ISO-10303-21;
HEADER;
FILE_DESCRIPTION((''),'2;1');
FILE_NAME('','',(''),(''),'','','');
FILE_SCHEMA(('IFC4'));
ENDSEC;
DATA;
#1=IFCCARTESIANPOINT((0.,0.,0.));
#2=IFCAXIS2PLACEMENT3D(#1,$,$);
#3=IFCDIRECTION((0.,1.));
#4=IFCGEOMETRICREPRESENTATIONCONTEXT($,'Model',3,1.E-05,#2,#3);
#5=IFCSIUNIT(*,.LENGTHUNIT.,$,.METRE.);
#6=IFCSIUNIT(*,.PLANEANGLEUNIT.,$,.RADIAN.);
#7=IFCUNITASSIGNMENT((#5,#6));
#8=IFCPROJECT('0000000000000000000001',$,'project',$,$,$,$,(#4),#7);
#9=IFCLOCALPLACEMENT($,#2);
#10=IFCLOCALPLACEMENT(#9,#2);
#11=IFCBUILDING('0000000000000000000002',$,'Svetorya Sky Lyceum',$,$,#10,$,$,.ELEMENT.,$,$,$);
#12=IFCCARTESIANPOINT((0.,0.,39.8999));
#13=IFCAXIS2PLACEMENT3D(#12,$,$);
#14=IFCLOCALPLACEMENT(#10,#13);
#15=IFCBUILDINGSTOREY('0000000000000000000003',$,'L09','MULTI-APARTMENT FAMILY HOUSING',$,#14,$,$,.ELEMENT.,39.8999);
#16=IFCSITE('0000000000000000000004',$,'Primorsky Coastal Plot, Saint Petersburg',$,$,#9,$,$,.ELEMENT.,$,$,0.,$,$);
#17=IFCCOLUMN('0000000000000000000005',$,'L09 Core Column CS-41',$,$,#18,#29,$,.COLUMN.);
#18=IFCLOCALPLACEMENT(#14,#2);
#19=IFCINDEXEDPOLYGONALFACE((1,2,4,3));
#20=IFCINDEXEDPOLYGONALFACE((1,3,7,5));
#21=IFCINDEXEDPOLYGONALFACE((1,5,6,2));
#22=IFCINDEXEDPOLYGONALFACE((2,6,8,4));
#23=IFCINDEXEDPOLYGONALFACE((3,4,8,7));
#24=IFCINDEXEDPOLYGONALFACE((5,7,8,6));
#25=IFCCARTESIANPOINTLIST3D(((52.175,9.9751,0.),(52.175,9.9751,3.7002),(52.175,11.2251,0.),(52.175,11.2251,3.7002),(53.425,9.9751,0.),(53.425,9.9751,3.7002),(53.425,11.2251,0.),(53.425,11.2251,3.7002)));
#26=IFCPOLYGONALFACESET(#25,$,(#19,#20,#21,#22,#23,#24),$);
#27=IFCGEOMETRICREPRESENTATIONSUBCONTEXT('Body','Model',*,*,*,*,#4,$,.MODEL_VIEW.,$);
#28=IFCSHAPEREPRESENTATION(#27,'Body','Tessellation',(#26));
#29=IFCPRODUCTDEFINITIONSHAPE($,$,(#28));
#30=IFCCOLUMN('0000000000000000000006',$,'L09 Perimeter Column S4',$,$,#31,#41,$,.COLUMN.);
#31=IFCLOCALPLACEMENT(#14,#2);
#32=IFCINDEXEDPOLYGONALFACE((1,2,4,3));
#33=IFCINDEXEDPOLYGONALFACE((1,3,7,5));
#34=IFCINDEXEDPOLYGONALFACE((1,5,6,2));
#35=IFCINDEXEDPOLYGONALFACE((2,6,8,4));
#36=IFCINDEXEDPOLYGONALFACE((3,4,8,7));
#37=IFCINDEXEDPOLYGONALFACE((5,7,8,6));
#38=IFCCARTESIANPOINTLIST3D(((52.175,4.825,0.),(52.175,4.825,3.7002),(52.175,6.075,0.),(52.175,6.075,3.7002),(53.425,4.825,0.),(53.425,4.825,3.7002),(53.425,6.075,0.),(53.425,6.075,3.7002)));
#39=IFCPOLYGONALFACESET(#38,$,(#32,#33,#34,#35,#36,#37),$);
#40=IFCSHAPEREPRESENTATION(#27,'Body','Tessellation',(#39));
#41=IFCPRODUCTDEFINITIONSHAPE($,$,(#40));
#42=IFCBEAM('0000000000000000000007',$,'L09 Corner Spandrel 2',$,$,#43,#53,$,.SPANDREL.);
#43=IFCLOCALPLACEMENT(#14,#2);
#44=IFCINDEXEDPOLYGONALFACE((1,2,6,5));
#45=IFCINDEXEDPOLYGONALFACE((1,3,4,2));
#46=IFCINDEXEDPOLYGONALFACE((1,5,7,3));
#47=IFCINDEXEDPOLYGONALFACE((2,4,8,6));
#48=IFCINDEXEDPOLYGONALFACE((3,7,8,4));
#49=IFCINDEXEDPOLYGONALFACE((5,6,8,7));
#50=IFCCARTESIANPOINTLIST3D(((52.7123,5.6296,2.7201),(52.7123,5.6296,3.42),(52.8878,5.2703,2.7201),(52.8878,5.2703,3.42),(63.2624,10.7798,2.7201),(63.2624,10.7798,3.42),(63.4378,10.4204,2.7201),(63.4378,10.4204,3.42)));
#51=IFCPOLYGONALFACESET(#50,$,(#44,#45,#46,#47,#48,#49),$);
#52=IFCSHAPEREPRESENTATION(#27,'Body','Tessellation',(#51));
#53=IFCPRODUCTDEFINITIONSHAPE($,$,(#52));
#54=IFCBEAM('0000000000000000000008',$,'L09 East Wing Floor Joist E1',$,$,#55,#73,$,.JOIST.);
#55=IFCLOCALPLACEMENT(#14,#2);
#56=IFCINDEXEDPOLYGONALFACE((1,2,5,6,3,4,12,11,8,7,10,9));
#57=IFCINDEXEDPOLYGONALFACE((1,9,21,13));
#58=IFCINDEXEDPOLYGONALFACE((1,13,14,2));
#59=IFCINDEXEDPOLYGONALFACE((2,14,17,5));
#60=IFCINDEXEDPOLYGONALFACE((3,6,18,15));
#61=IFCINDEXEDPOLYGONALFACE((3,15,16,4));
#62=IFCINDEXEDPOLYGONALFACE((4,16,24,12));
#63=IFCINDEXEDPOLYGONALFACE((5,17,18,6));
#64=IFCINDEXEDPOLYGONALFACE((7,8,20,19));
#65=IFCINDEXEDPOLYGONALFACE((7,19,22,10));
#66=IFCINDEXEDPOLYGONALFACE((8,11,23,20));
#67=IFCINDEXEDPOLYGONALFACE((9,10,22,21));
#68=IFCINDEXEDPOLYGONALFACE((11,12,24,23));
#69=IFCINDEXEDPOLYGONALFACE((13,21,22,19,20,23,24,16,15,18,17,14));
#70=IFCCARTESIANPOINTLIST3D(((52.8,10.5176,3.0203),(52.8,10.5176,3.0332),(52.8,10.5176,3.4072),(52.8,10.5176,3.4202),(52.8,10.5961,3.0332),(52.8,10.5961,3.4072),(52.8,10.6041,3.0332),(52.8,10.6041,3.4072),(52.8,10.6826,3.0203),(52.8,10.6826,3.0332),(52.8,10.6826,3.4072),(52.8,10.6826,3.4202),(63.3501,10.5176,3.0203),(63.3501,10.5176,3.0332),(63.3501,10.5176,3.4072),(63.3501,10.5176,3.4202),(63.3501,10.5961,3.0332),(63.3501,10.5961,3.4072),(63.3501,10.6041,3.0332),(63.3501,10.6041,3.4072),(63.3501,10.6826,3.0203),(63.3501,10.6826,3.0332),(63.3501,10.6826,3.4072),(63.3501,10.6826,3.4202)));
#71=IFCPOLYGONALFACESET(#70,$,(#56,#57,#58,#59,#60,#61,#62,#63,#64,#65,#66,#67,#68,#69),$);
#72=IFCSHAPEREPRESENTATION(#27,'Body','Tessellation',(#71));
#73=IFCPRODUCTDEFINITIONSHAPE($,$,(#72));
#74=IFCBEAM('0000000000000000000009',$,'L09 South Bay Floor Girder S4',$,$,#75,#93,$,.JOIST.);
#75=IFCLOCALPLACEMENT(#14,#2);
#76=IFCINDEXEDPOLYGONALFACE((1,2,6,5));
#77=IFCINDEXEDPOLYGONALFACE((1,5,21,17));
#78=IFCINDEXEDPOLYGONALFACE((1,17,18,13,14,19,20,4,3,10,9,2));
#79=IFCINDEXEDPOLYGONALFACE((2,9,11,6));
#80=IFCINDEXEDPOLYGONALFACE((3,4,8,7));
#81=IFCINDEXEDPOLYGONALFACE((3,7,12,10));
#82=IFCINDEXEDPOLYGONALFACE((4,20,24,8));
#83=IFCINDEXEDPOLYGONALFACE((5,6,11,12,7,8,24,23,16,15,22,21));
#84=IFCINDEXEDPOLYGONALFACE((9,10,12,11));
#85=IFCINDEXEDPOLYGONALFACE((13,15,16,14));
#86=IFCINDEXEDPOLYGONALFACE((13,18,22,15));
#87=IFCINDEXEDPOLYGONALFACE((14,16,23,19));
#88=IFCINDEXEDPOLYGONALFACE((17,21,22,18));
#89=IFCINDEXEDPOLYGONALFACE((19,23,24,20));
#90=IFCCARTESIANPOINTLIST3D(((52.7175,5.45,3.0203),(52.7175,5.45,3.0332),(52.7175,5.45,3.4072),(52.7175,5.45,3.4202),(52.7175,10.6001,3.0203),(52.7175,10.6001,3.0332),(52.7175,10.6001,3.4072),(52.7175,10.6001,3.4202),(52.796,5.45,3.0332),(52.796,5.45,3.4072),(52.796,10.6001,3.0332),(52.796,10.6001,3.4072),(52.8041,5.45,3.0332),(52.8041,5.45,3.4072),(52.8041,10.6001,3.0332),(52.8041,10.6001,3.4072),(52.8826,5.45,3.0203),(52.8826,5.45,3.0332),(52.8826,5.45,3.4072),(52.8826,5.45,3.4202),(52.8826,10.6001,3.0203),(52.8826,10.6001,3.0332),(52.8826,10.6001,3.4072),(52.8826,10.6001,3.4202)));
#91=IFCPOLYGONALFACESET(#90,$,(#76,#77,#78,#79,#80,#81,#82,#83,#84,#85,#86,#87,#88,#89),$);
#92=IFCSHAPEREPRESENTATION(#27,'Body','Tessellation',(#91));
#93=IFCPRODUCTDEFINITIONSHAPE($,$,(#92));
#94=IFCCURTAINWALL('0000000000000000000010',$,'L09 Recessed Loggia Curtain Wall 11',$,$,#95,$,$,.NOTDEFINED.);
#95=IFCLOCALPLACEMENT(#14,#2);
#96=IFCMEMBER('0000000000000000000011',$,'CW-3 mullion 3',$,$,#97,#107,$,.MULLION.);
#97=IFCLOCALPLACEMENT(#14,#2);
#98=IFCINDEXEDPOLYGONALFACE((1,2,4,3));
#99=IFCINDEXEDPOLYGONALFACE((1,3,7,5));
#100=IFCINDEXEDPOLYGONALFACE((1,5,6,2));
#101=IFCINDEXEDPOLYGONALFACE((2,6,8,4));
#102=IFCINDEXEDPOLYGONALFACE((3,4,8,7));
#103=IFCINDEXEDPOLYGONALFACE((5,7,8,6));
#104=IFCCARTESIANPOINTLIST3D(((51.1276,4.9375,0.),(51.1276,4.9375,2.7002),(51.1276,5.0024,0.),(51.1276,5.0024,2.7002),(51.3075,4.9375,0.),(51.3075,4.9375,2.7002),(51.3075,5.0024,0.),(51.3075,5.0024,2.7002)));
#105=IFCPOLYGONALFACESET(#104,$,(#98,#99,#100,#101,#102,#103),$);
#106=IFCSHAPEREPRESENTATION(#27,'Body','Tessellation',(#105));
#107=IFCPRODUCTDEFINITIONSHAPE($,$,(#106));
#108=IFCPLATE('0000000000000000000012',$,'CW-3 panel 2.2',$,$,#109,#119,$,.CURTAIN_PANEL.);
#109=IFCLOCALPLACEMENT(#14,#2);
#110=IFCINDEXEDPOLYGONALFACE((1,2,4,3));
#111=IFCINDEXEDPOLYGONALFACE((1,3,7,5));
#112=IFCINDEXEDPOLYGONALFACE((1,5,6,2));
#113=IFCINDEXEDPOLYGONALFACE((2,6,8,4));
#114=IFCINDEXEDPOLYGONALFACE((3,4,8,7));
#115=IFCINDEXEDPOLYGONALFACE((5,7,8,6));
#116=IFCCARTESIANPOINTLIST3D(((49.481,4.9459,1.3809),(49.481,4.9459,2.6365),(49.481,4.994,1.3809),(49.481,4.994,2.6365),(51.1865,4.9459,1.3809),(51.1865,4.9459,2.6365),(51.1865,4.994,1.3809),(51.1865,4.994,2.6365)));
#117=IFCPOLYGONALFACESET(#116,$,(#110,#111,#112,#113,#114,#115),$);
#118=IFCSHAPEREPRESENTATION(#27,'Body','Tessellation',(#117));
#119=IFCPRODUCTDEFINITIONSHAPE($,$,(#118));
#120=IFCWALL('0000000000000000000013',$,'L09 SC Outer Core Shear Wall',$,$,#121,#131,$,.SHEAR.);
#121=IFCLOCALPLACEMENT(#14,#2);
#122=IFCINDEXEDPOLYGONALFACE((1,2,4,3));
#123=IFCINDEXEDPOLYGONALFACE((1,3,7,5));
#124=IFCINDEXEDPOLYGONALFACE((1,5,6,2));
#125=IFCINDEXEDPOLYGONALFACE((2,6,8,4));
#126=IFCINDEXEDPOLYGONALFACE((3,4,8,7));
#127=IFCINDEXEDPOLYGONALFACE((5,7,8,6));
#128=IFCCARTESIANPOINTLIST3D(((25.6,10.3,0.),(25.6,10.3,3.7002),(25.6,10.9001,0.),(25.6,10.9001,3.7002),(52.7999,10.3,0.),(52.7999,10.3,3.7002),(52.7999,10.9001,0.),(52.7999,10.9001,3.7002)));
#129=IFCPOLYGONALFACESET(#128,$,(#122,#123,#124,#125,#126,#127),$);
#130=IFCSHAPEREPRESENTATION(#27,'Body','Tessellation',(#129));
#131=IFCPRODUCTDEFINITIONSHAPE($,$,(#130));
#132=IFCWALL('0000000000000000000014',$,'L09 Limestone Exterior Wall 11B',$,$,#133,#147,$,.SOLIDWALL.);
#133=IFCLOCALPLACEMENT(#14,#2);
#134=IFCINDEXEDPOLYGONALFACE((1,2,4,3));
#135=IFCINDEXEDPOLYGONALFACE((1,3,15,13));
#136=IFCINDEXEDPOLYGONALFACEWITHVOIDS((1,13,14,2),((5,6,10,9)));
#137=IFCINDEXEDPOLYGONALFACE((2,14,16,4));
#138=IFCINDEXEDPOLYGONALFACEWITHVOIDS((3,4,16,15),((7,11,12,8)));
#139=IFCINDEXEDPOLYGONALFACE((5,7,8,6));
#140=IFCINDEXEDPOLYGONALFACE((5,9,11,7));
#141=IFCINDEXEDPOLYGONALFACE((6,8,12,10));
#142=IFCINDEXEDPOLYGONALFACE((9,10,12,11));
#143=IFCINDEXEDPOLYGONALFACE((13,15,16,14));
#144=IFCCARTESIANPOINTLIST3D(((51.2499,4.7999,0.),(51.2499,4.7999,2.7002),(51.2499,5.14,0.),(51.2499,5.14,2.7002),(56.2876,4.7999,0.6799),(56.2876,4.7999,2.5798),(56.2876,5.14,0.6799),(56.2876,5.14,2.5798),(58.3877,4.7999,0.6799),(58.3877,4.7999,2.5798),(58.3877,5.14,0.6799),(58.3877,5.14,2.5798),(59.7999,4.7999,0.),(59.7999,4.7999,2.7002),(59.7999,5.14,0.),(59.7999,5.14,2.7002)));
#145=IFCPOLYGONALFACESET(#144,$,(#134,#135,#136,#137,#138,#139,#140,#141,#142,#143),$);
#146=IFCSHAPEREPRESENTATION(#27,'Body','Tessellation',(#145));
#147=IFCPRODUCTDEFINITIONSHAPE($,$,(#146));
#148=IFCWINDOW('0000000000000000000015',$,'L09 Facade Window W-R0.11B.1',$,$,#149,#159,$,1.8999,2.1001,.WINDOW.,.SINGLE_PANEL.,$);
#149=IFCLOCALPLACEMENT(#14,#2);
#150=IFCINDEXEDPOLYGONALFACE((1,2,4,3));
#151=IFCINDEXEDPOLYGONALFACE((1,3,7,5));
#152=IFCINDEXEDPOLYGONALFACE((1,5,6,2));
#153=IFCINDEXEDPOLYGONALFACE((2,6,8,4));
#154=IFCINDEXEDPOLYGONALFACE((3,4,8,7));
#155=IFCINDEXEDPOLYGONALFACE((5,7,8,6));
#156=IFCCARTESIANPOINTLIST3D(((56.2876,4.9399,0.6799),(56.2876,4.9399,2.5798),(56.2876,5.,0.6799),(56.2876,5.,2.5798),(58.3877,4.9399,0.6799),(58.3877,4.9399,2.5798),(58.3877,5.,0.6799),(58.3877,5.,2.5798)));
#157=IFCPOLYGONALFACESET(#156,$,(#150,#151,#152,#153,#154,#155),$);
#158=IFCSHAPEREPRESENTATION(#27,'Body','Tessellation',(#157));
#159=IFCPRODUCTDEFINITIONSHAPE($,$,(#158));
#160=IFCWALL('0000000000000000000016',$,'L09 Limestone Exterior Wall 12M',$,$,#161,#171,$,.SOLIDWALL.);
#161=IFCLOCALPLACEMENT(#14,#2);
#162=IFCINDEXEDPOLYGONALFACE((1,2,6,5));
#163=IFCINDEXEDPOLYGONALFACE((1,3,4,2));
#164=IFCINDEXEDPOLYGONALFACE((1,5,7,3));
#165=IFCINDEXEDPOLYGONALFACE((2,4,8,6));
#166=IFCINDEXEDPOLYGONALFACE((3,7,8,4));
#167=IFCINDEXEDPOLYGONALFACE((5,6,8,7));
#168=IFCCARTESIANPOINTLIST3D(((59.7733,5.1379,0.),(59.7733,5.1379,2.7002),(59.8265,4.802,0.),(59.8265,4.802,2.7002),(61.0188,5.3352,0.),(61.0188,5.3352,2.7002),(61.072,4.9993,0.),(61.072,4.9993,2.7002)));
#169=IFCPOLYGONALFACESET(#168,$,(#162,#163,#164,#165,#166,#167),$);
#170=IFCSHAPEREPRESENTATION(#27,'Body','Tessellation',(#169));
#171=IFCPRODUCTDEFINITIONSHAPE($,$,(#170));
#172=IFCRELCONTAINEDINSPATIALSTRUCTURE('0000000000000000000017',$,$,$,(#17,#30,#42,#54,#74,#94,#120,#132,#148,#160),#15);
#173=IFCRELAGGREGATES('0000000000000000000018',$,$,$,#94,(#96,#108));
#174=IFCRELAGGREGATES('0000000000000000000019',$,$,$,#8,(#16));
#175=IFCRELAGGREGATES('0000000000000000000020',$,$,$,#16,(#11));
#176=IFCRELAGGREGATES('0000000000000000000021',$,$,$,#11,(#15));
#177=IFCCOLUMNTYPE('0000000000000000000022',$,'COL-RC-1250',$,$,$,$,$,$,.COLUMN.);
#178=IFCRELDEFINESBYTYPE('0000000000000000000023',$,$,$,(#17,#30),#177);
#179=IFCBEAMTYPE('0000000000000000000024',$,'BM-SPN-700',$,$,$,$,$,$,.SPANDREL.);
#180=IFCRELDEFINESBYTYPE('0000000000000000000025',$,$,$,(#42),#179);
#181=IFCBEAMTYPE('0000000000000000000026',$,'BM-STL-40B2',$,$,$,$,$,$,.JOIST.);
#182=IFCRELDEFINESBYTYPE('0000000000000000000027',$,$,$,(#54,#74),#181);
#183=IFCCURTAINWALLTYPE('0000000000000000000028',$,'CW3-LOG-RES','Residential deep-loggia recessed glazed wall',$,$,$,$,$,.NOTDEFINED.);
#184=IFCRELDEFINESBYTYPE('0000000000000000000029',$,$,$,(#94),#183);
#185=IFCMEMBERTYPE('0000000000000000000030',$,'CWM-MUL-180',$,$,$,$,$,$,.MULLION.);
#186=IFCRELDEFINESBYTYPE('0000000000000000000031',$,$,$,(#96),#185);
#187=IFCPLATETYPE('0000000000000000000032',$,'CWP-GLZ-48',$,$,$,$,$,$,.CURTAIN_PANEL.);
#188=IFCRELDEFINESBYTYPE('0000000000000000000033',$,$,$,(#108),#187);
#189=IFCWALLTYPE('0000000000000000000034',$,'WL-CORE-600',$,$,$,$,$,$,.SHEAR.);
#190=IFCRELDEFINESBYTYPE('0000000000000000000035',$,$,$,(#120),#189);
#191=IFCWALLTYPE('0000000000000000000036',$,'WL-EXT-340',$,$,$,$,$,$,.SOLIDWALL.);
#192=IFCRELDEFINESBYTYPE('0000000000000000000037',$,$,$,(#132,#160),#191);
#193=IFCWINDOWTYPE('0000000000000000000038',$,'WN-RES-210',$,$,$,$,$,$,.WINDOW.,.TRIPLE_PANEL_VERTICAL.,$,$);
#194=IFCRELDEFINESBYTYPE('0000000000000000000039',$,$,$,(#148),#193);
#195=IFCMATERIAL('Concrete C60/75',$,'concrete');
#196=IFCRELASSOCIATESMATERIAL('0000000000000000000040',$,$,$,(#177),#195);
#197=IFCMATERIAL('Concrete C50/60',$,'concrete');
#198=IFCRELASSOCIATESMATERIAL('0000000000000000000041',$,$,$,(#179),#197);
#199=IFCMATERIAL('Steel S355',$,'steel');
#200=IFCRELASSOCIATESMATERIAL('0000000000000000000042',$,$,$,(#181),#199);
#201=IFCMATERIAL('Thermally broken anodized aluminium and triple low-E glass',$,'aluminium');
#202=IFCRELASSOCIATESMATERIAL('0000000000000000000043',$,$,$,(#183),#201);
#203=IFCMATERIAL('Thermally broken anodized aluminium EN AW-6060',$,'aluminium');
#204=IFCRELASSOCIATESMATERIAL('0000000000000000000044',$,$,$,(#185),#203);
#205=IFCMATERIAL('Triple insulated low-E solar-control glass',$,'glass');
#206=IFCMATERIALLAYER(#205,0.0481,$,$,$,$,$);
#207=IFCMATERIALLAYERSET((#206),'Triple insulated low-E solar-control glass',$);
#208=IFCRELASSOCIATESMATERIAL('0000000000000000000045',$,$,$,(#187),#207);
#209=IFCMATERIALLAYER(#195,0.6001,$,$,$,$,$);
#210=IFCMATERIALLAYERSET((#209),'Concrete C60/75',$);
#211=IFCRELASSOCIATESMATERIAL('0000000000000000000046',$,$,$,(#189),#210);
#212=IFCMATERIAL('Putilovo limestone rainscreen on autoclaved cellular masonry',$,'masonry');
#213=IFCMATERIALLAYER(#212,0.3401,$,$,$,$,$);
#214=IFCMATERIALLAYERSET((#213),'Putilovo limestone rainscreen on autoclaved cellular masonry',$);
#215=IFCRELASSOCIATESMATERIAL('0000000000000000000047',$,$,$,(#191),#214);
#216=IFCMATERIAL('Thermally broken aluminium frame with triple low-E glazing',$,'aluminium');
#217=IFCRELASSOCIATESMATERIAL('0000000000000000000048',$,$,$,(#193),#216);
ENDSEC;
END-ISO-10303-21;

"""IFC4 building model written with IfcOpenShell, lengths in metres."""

from ifc_helpers import new_model, si_unit, direction, frame, frame_2d, origin, origin_2d, place, context, subcontext, project, spatial, rectangle, i_section, extrude, material, layer, layer_set, material_profile, profile_set, type_object, element, fill, aggregate, save


model = new_model("IFC4")

# Units and contexts
model_context = context("Model", 3, precision=1e-05, world=origin(), true_north=direction((0.0, 1.0)))
body_context = subcontext(model_context, "Body", "Model", "MODEL_VIEW")
ifc_project = project(units=[si_unit("LENGTHUNIT", "METRE"), si_unit("PLANEANGLEUNIT", "RADIAN")], contexts=[model_context])

# Site, building, storey
site_placement = place(None, origin())
site = spatial("IfcSite", under=ifc_project, at=site_placement, Name="Primorsky Coastal Plot, Saint Petersburg", CompositionType="ELEMENT", RefElevation=0.0)
building_placement = place(site_placement, origin())
building = spatial("IfcBuilding", under=site, at=building_placement, Name="Svetorya Sky Lyceum", CompositionType="ELEMENT")
storey_placement = place(building_placement, frame((0.0, 0.0, 39.8999)))
storey = spatial("IfcBuildingStorey", under=building, at=storey_placement, Name="L09", Description="MULTI-APARTMENT FAMILY HOUSING", CompositionType="ELEMENT", Elevation=39.8999)

# Columns
ifc_material_1 = material(Name="Concrete C60/75", Category="concrete")
ifc_material_profile_1 = material_profile(ifc_material_1, rectangle(XDim=1.25, YDim=1.25, at=origin_2d()), Name="RC COL 1250x1250")
ifc_profile_set_1 = profile_set([ifc_material_profile_1], Name="Concrete C60/75")
column_type = type_object("IfcColumnType", Name="COL-RC-1250", PredefinedType="COLUMN", material=ifc_profile_set_1)
for number, where, z_axis, x_axis, name in (
    (1, (52.8, 10.6001, 0.0), (0.0, 0.0, 1.0), (1.0, 0.0, 0.0), "L09 Core Column CS-41"),
    (2, (52.8, 5.45, 0.0), (0.0, 0.0, 1.0), (1.0, 0.0, 0.0), "L09 Perimeter Column S4"),
):
    element("IfcColumn", number, at=place(storey_placement, frame(where, z_axis=z_axis, x_axis=x_axis)), inside=storey, type_object=column_type, Name=name, PredefinedType="COLUMN", context=body_context, shape_type="SweptSolid", body=[
        extrude(rectangle(XDim=1.25, YDim=1.25, at=origin_2d()), origin(), (0.0, 0.0, 1.0), 3.7002),
    ])

# Beams
ifc_material_2 = material(Name="Concrete C50/60", Category="concrete")
ifc_material_profile_2 = material_profile(ifc_material_2, rectangle(XDim=0.3999, YDim=0.7, at=origin_2d()), Name="RC SPANDREL 400x700")
ifc_profile_set_2 = profile_set([ifc_material_profile_2], Name="Concrete C50/60")
beam_type_1 = type_object("IfcBeamType", Name="BM-SPN-700", PredefinedType="SPANDREL", material=ifc_profile_set_2)
beam_1_placement = place(storey_placement, frame((52.8, 5.45, 3.0701), z_axis=(0.898641, 0.438684, 0.0), x_axis=(-0.438684, 0.898641, 0.0)))
element("IfcBeam", 3, at=beam_1_placement, inside=storey, type_object=beam_type_1, Name="L09 Corner Spandrel 2", PredefinedType="SPANDREL", context=body_context, shape_type="SweptSolid", body=[
    extrude(rectangle(XDim=0.3999, YDim=0.7, at=origin_2d()), origin(), (0.0, 0.0, 1.0), 11.74),
])
ifc_material_3 = material(Name="Steel S355", Category="steel")
ifc_material_profile_3 = material_profile(ifc_material_3, i_section(OverallWidth=0.165, OverallDepth=0.3999, WebThickness=0.0081, FlangeThickness=0.0129, at=origin_2d()), Name="GOST 40B2")
ifc_profile_set_3 = profile_set([ifc_material_profile_3], Name="Steel S355")
beam_type_2 = type_object("IfcBeamType", Name="BM-STL-40B2", PredefinedType="JOIST", material=ifc_profile_set_3)
beam_2_placement = place(storey_placement, frame((52.8, 10.6001, 3.2202), z_axis=(1.0, 0.0, 0.0), x_axis=(0.0, 1.0, 0.0)))
element("IfcBeam", 4, at=beam_2_placement, inside=storey, type_object=beam_type_2, Name="L09 East Wing Floor Joist E1", PredefinedType="JOIST", context=body_context, shape_type="SweptSolid", body=[
    extrude(i_section(OverallWidth=0.165, OverallDepth=0.3999, WebThickness=0.0081, FlangeThickness=0.0129, at=origin_2d()), origin(), (0.0, 0.0, 1.0), 10.55),
])
beam_3_placement = place(storey_placement, frame((52.8, 5.45, 3.2202), z_axis=(0.0, 1.0, 0.0), x_axis=(-1.0, 0.0, 0.0)))
element("IfcBeam", 5, at=beam_3_placement, inside=storey, type_object=beam_type_2, Name="L09 South Bay Floor Girder S4", PredefinedType="JOIST", context=body_context, shape_type="SweptSolid", body=[
    extrude(i_section(OverallWidth=0.165, OverallDepth=0.3999, WebThickness=0.0081, FlangeThickness=0.0129, at=origin_2d()), origin(), (0.0, 0.0, 1.0), 5.1501),
])

# Curtain wall, member, plate
ifc_material_4 = material(Name="Thermally broken anodized aluminium and triple low-E glass", Category="aluminium")
curtain_wall_type = type_object("IfcCurtainWallType", Name="CW3-LOG-RES", Description="Residential deep-loggia recessed glazed wall", PredefinedType="NOTDEFINED", material=ifc_material_4)
curtain_wall_placement = place(storey_placement, origin())
curtain_wall = element("IfcCurtainWall", 6, at=curtain_wall_placement, inside=storey, type_object=curtain_wall_type, Name="L09 Recessed Loggia Curtain Wall 11", PredefinedType="NOTDEFINED")
ifc_material_5 = material(Name="Thermally broken anodized aluminium EN AW-6060", Category="aluminium")
ifc_material_profile_4 = material_profile(ifc_material_5, rectangle(XDim=0.0649, YDim=0.1799, at=origin_2d()), Name="ALU MULLION 65x180")
ifc_profile_set_4 = profile_set([ifc_material_profile_4], Name="Thermally broken anodized aluminium EN AW-6060")
member_type = type_object("IfcMemberType", Name="CWM-MUL-180", PredefinedType="MULLION", material=ifc_profile_set_4)
member_placement = place(storey_placement, frame((51.2175, 4.97, 0.0), z_axis=(0.0, 0.0, 1.0), x_axis=(0.0, 1.0, 0.0)))
member = element("IfcMember", 7, at=member_placement, type_object=member_type, Name="CW-3 mullion 3", PredefinedType="MULLION", context=body_context, shape_type="SweptSolid", body=[
    extrude(rectangle(XDim=0.0649, YDim=0.1799, at=origin_2d()), origin(), (0.0, 0.0, 1.0), 2.7002),
])
ifc_material_6 = material(Name="Triple insulated low-E solar-control glass", Category="glass")
ifc_layer_1 = layer(ifc_material_6, 0.0481)
ifc_layer_set_1 = layer_set([ifc_layer_1], Name="Triple insulated low-E solar-control glass")
plate_type = type_object("IfcPlateType", Name="CWP-GLZ-48", PredefinedType="CURTAIN_PANEL", material=ifc_layer_set_1)
plate_placement = place(storey_placement, frame((50.3337, 4.97, 1.3809), z_axis=(0.0, 0.0, 1.0), x_axis=(1.0, 0.0, 0.0)))
plate = element("IfcPlate", 8, at=plate_placement, type_object=plate_type, Name="CW-3 panel 2.2", PredefinedType="CURTAIN_PANEL", context=body_context, shape_type="SweptSolid", body=[
    extrude(rectangle(XDim=1.7056, YDim=0.0481, at=origin_2d()), origin(), (0.0, 0.0, 1.0), 1.2556),
])
aggregate(curtain_wall, [member, plate])

# Wall
ifc_layer_2 = layer(ifc_material_1, 0.6001)
ifc_layer_set_2 = layer_set([ifc_layer_2], Name="Concrete C60/75")
wall_type_1 = type_object("IfcWallType", Name="WL-CORE-600", PredefinedType="SHEAR", material=ifc_layer_set_2)
wall_1_placement = place(storey_placement, frame((52.8, 10.6001, 0.0), z_axis=(0.0, 0.0, 1.0), x_axis=(-1.0, 0.0, 0.0)))
element("IfcWall", 9, at=wall_1_placement, inside=storey, type_object=wall_type_1, Name="L09 SC Outer Core Shear Wall", PredefinedType="SHEAR", context=body_context, shape_type="SweptSolid", body=[
    extrude(rectangle(XDim=27.2, YDim=0.6001, at=frame_2d((13.6001, 0.0))), origin(), (0.0, 0.0, 1.0), 3.7002),
])

# Wall, opening, window
ifc_material_7 = material(Name="Putilovo limestone rainscreen on autoclaved cellular masonry", Category="masonry")
ifc_layer_3 = layer(ifc_material_7, 0.3401)
ifc_layer_set_3 = layer_set([ifc_layer_3], Name="Putilovo limestone rainscreen on autoclaved cellular masonry")
wall_type_2 = type_object("IfcWallType", Name="WL-EXT-340", PredefinedType="SOLIDWALL", material=ifc_layer_set_3)
wall_2_placement = place(storey_placement, frame((51.25, 4.97, 0.0), z_axis=(0.0, 0.0, 1.0), x_axis=(1.0, 0.0, 0.0)))
wall_2 = element("IfcWall", 10, at=wall_2_placement, inside=storey, type_object=wall_type_2, Name="L09 Limestone Exterior Wall 11B", PredefinedType="SOLIDWALL", context=body_context, shape_type="SweptSolid", body=[
    extrude(rectangle(XDim=8.55, YDim=0.3401, at=frame_2d((4.2749, 0.0))), origin(), (0.0, 0.0, 1.0), 2.7002),
])
opening_1_placement = place(wall_2_placement, frame((5.0376, 0.0, 0.6799)))
opening_1 = element("IfcOpeningElement", 11, at=opening_1_placement, cuts=wall_2, PredefinedType="OPENING", context=body_context, shape_type="SweptSolid", body=[
    extrude(rectangle(XDim=2.1001, YDim=1.8999, at=frame_2d((1.05, 0.95))), frame((0.0, 0.1799, 0.0), z_axis=(0.0, -1.0, 0.0), x_axis=(1.0, 0.0, 0.0)), (0.0, 0.0, 1.0), 0.3601),
])
ifc_material_8 = material(Name="Thermally broken aluminium frame with triple low-E glazing", Category="aluminium")
window_type_1 = type_object("IfcWindowType", Name="WN-RES-210", PartitioningType="TRIPLE_PANEL_VERTICAL", PredefinedType="WINDOW", material=ifc_material_8)
window_1_placement = place(opening_1_placement, origin())
window_1 = element("IfcWindow", 12, at=window_1_placement, inside=storey, type_object=window_type_1, Name="L09 Facade Window W-R0.11B.1", OverallHeight=1.8999, OverallWidth=2.1001, PartitioningType="SINGLE_PANEL", PredefinedType="WINDOW", context=body_context, shape_type="SweptSolid", body=[
    extrude(rectangle(XDim=2.1001, YDim=1.8999, at=frame_2d((1.05, 0.95))), frame((0.0, 0.03, 0.0), z_axis=(0.0, -1.0, 0.0), x_axis=(1.0, 0.0, 0.0)), (0.0, 0.0, 1.0), 0.0601),
])
fill(opening_1, window_1)

# Wall
wall_3_placement = place(storey_placement, frame((59.8, 4.97, 0.0), z_axis=(0.0, 0.0, 1.0), x_axis=(0.987686, 0.15645, 0.0)))
element("IfcWall", 13, at=wall_3_placement, inside=storey, type_object=wall_type_2, Name="L09 Limestone Exterior Wall 12M", PredefinedType="SOLIDWALL", context=body_context, shape_type="SweptSolid", body=[
    extrude(rectangle(XDim=1.261, YDim=0.3401, at=frame_2d((0.6304, 0.0))), origin(), (0.0, 0.0, 1.0), 2.7002),
])

save(model, "model.ifc")
